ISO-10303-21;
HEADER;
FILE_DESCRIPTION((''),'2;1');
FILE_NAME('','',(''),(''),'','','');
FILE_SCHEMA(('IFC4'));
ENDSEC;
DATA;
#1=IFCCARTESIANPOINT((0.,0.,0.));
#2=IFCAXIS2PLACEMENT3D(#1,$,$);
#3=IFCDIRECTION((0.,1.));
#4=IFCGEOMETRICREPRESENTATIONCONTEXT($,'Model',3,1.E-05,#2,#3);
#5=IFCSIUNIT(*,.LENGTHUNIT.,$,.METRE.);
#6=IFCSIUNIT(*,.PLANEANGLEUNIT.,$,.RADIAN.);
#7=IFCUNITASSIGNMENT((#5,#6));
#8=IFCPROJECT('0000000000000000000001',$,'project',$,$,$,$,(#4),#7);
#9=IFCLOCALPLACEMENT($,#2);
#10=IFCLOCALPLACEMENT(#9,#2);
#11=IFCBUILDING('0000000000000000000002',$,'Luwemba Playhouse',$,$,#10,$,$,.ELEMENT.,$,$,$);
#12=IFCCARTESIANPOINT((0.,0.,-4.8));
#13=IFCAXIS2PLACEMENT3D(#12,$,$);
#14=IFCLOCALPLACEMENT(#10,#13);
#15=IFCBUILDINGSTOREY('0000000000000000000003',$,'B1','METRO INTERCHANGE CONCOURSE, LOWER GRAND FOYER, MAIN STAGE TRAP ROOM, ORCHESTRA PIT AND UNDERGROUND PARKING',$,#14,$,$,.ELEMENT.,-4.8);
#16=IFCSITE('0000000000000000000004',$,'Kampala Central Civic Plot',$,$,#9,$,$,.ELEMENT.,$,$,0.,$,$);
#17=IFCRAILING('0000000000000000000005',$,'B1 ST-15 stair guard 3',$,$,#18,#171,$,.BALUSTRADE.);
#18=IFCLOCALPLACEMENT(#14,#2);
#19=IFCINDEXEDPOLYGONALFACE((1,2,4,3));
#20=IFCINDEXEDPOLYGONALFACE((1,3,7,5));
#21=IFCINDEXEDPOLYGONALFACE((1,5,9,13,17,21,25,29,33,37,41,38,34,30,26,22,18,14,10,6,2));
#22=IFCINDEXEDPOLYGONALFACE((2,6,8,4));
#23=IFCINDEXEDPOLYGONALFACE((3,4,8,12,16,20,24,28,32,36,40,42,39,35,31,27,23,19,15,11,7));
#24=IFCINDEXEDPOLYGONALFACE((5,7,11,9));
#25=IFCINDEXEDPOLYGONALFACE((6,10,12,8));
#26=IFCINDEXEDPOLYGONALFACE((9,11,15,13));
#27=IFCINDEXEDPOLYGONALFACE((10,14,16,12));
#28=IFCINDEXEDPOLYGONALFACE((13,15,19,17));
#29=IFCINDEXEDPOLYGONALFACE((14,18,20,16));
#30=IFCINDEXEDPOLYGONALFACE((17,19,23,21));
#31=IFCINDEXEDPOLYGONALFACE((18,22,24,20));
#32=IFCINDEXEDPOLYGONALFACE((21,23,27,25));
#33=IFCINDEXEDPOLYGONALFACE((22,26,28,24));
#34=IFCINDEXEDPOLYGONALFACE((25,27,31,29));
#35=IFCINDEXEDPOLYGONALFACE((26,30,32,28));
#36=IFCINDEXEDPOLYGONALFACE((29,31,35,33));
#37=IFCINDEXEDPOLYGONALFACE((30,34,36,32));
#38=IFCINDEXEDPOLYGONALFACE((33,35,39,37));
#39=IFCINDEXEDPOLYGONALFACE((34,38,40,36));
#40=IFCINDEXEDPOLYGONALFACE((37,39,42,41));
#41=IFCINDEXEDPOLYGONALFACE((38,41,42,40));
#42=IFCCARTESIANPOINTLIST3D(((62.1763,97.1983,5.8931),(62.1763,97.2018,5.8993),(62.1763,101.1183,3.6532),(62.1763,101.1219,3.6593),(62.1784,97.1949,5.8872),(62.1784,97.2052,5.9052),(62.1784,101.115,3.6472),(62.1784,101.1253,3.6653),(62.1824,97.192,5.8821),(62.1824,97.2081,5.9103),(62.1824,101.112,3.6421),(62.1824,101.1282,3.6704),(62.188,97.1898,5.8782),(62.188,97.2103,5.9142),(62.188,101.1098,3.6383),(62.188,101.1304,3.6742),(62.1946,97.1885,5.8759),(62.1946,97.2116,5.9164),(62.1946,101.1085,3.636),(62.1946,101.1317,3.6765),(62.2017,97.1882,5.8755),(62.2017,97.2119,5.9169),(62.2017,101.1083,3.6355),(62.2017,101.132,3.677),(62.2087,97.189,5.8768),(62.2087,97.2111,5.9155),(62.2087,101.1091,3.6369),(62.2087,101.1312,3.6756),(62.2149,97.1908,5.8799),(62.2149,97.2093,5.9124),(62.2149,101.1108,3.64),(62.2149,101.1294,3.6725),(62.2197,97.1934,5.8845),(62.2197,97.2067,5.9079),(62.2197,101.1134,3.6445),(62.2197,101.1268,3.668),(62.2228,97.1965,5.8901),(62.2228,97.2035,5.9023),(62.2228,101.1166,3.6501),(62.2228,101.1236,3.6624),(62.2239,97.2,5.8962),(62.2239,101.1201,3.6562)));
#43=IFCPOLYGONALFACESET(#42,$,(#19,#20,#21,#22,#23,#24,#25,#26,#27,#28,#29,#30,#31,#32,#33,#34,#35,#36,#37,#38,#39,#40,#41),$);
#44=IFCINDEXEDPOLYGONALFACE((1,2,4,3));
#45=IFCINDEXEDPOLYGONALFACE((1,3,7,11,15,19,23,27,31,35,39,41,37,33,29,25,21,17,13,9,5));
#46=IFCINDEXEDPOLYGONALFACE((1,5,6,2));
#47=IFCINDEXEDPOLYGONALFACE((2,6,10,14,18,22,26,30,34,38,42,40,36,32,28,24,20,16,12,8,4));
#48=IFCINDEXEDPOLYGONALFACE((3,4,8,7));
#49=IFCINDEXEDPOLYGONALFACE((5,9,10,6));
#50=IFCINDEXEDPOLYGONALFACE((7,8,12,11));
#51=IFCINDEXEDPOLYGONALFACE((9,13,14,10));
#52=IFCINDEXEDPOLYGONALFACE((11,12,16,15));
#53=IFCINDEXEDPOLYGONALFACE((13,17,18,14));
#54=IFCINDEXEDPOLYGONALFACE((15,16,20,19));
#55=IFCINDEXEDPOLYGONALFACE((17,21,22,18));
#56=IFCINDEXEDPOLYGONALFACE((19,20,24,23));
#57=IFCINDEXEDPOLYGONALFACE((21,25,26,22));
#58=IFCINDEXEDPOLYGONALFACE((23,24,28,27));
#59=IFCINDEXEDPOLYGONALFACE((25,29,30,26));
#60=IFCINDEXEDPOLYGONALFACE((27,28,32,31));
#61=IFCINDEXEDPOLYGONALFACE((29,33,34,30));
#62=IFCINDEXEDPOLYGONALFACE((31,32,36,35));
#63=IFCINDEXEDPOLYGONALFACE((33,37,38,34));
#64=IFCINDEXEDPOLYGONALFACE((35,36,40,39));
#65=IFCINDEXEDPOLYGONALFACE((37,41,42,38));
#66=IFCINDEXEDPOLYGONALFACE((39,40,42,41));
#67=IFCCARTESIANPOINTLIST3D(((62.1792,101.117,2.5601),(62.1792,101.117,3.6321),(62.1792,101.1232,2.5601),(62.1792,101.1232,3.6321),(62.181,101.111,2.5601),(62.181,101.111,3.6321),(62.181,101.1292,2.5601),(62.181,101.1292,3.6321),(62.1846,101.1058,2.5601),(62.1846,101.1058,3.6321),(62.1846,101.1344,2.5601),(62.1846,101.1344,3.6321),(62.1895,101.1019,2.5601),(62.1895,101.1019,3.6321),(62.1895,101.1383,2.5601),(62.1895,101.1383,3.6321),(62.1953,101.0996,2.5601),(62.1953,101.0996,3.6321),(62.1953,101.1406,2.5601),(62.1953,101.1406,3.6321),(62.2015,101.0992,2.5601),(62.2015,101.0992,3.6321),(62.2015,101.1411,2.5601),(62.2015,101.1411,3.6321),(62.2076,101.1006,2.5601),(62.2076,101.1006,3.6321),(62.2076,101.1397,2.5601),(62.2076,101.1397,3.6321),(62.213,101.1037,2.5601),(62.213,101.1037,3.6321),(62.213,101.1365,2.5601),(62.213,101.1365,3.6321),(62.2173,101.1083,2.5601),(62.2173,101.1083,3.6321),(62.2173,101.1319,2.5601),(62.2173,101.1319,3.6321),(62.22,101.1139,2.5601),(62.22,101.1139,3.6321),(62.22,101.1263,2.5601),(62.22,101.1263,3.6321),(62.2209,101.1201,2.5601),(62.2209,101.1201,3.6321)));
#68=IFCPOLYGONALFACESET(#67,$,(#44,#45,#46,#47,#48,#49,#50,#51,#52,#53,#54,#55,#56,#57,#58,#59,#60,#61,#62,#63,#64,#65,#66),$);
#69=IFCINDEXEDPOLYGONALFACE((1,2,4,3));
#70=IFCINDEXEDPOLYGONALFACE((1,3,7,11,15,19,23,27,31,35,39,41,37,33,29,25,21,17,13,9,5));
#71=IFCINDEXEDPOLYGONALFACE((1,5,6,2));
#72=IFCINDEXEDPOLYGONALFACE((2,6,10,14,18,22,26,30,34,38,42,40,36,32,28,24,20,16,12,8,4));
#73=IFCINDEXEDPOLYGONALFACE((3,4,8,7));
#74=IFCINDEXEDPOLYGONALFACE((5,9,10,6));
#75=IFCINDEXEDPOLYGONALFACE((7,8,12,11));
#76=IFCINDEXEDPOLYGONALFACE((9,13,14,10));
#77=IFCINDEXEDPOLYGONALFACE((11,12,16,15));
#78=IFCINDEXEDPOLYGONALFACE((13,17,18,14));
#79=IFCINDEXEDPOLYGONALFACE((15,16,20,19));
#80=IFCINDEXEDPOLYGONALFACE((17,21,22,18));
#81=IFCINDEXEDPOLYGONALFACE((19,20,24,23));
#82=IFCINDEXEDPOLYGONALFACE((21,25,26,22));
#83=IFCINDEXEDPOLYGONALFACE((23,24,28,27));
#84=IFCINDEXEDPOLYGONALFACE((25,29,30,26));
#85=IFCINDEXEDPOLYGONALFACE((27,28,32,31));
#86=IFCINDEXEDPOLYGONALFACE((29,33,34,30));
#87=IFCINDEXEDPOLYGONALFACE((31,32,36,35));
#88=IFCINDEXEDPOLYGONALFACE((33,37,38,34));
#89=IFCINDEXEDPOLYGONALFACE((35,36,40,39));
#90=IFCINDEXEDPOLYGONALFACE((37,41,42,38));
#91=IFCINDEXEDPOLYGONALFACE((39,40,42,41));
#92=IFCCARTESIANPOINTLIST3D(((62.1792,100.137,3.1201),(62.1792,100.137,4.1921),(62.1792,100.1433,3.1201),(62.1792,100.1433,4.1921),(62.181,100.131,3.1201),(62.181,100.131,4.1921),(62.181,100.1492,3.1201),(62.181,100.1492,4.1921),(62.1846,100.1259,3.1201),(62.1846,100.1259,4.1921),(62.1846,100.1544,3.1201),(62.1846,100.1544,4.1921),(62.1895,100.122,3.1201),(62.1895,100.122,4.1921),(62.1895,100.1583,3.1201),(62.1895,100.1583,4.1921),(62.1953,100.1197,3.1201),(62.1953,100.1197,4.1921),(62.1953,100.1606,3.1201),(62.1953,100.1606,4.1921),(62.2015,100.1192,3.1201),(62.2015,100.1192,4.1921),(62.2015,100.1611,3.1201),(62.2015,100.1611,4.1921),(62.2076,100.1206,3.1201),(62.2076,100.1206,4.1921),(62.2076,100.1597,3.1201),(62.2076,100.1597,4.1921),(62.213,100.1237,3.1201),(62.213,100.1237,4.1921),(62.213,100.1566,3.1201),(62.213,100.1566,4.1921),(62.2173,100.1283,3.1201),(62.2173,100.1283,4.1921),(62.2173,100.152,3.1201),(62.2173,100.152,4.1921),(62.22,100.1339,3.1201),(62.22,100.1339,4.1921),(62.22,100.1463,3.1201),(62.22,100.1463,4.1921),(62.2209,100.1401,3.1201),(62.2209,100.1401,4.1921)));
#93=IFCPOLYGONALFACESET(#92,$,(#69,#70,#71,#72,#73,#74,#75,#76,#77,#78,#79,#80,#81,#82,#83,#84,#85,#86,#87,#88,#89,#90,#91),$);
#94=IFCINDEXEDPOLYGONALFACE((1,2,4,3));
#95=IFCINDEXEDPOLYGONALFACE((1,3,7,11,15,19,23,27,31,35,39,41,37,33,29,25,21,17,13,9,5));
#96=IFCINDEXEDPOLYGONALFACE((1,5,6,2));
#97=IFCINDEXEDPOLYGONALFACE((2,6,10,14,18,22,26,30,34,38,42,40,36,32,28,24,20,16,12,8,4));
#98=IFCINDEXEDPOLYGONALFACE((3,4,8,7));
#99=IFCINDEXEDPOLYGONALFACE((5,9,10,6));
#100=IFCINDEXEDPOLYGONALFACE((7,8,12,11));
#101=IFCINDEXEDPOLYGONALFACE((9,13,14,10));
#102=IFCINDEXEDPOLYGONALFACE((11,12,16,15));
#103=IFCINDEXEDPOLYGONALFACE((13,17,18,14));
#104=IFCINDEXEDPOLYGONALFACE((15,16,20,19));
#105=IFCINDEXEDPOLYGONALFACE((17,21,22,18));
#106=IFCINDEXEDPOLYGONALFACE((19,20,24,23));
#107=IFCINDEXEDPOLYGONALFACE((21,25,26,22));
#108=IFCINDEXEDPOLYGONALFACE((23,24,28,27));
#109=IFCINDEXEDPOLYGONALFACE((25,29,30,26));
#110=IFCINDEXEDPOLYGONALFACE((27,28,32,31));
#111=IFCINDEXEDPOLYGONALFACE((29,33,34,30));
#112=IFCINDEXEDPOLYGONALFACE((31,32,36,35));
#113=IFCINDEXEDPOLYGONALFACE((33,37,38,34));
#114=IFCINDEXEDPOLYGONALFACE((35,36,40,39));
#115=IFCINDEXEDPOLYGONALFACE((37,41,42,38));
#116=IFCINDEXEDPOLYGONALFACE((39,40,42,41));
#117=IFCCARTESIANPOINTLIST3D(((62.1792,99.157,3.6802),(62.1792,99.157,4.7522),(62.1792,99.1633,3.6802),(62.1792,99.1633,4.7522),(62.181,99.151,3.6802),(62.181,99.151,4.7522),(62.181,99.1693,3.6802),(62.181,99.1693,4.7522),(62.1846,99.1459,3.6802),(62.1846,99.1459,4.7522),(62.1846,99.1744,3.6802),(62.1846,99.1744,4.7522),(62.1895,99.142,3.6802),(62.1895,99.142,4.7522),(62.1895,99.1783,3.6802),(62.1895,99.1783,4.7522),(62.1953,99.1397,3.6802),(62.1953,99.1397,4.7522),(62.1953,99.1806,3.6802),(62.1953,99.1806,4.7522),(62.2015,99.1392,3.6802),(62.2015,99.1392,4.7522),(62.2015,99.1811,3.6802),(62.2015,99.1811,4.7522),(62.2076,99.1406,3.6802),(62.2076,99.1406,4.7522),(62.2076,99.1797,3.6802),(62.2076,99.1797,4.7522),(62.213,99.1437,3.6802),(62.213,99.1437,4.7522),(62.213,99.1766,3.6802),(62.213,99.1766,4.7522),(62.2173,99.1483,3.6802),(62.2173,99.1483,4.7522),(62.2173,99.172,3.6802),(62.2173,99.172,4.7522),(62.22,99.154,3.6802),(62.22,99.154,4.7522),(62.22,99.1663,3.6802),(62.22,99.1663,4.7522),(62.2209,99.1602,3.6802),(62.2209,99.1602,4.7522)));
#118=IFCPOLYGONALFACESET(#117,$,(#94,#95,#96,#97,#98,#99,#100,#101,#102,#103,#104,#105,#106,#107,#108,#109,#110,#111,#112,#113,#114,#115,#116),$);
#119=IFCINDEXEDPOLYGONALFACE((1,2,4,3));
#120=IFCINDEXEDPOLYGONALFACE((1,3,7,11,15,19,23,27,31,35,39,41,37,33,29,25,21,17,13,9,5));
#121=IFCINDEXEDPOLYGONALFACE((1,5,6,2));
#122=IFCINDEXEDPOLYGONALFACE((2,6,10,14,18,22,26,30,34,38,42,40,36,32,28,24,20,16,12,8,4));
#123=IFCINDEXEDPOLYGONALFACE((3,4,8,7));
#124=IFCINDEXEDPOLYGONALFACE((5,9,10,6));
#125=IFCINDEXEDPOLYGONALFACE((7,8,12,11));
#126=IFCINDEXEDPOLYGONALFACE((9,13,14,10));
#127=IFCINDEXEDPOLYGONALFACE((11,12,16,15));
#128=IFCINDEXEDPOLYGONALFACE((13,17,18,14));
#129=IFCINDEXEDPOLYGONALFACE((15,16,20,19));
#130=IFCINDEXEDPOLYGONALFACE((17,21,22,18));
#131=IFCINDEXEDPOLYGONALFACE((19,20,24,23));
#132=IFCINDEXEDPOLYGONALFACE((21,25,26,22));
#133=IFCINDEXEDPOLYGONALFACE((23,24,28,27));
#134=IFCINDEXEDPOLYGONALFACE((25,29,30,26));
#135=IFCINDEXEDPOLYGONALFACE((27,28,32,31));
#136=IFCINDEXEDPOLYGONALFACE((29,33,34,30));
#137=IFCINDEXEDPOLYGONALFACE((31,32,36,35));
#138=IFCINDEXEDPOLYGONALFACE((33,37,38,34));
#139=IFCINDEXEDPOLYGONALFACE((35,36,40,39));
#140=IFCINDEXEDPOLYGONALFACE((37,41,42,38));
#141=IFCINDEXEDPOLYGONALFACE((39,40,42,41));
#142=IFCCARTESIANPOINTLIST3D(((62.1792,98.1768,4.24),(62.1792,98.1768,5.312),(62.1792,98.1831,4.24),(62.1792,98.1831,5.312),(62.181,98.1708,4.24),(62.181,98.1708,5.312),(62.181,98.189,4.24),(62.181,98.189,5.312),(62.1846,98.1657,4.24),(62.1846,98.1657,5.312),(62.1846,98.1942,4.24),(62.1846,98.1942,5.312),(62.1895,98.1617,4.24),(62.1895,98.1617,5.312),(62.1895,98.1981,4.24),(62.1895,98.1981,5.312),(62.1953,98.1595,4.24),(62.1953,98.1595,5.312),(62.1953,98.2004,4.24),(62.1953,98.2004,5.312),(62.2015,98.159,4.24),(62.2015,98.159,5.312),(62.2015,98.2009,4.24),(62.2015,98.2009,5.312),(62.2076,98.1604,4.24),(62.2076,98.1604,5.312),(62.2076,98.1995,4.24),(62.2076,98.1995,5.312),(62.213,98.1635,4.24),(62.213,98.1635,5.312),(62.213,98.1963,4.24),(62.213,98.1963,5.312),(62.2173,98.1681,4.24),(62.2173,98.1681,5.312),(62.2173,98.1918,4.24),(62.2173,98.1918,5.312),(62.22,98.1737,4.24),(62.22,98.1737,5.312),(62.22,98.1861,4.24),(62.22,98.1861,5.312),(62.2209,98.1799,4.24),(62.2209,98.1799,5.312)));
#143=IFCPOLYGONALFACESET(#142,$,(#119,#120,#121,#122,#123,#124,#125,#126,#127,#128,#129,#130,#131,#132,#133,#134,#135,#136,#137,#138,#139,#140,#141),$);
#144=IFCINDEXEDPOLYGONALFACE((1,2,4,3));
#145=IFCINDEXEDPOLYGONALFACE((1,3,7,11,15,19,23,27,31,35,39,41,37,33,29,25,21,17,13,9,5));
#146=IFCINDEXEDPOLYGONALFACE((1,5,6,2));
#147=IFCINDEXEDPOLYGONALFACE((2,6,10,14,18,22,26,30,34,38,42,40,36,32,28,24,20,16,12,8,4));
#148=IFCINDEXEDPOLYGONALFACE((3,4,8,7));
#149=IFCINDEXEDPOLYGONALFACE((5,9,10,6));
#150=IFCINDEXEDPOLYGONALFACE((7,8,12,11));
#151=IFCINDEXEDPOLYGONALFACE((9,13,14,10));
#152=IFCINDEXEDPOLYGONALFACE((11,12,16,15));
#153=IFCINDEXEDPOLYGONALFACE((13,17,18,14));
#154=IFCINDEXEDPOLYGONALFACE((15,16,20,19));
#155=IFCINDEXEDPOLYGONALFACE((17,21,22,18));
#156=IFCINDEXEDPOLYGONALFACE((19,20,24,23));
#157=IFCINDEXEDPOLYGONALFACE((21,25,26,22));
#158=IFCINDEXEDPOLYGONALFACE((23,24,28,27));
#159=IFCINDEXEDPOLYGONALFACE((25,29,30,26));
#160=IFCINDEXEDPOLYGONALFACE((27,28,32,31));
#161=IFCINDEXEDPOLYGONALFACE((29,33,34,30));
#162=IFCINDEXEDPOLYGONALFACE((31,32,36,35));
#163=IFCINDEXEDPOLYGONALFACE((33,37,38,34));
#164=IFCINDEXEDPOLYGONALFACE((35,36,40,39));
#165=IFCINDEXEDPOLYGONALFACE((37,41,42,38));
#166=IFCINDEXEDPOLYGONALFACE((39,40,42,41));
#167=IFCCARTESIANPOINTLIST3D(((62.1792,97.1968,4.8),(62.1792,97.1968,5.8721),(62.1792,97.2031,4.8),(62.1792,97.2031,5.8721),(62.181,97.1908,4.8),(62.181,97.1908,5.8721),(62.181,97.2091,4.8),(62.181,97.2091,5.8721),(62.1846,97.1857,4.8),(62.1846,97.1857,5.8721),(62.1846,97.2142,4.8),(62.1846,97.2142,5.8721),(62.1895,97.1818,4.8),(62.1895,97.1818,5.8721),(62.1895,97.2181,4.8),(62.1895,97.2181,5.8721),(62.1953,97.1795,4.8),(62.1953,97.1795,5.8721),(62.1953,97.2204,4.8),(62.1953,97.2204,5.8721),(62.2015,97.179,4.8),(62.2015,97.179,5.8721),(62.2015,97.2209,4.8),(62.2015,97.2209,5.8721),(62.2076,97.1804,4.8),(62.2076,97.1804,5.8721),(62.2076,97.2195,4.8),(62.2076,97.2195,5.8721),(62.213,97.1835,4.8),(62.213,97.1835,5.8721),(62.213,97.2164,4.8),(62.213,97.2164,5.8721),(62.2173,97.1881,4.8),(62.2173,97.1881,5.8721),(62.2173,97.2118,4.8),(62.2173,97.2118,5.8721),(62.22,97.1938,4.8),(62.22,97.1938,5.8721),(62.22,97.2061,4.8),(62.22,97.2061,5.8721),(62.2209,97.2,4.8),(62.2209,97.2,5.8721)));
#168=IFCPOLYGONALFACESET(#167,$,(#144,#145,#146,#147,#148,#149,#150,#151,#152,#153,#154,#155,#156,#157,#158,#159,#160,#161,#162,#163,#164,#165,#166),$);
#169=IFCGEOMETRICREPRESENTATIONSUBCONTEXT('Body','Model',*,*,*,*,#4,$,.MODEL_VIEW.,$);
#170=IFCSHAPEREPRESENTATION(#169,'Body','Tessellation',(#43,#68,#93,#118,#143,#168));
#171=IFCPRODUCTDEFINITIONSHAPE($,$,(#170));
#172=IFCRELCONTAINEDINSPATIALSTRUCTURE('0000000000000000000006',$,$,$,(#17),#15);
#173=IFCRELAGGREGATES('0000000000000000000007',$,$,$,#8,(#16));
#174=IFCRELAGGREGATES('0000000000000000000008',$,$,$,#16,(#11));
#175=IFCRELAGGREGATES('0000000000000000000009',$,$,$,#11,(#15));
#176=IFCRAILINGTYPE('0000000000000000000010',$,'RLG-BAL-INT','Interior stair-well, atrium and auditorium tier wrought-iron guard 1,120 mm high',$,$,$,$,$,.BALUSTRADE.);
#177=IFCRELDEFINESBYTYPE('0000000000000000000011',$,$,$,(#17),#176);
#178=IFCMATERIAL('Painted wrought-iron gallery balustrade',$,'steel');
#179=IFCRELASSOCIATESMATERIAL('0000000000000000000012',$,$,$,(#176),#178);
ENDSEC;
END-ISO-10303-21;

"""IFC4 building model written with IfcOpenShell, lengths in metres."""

from ifc_helpers import new_model, si_unit, direction, frame, origin, origin_2d, place, context, subcontext, project, spatial, circle, extrude, material, type_object, element, save


model = new_model("IFC4")

# Units and contexts
model_context = context("Model", 3, precision=1e-05, world=origin(), true_north=direction((0.0, 1.0)))
body_context = subcontext(model_context, "Body", "Model", "MODEL_VIEW")
ifc_project = project(units=[si_unit("LENGTHUNIT", "METRE"), si_unit("PLANEANGLEUNIT", "RADIAN")], contexts=[model_context])

# Site, building, storey
site_placement = place(None, origin())
site = spatial("IfcSite", under=ifc_project, at=site_placement, Name="Kampala Central Civic Plot", CompositionType="ELEMENT", RefElevation=0.0)
building_placement = place(site_placement, origin())
building = spatial("IfcBuilding", under=site, at=building_placement, Name="Luwemba Playhouse", CompositionType="ELEMENT")
storey_placement = place(building_placement, frame((0.0, 0.0, -4.8)))
storey = spatial("IfcBuildingStorey", under=building, at=storey_placement, Name="B1", Description="METRO INTERCHANGE CONCOURSE, LOWER GRAND FOYER, MAIN STAGE TRAP ROOM, ORCHESTRA PIT AND UNDERGROUND PARKING", CompositionType="ELEMENT", Elevation=-4.8)

# Railing
ifc_material_1 = material(Name="Painted wrought-iron gallery balustrade", Category="steel")
railing_type_1 = type_object("IfcRailingType", Name="RLG-BAL-INT", Description="Interior stair-well, atrium and auditorium tier wrought-iron guard 1,120 mm high", PredefinedType="BALUSTRADE", material=ifc_material_1)
railing_1_placement = place(storey_placement, frame((62.2, 101.1201, 2.5601)))
element("IfcRailing", 1, at=railing_1_placement, inside=storey, type_object=railing_type_1, Name="B1 ST-15 stair guard 3", PredefinedType="BALUSTRADE", context=body_context, shape_type="SweptSolid", body=[
    extrude(circle(Radius=0.0239, at=origin_2d()), frame((0.0, 0.0, 1.0962), z_axis=(0.0, -0.868253, 0.496121), x_axis=(1.0, 0.0, 0.0)), (0.0, 0.0, 1.0), 4.5149),
    extrude(circle(Radius=0.021, at=origin_2d()), origin(), (0.0, 0.0, 1.0), 1.072),
    extrude(circle(Radius=0.021, at=origin_2d()), frame((0.0, -0.98, 0.5601)), (0.0, 0.0, 1.0), 1.072),
    extrude(circle(Radius=0.021, at=origin_2d()), frame((0.0, -1.96, 1.1201)), (0.0, 0.0, 1.0), 1.072),
    extrude(circle(Radius=0.021, at=origin_2d()), frame((0.0, -2.9402, 1.6799)), (0.0, 0.0, 1.0), 1.072),
    extrude(circle(Radius=0.021, at=origin_2d()), frame((0.0, -3.9202, 2.24)), (0.0, 0.0, 1.0), 1.072),
])

save(model, "model.ifc")
